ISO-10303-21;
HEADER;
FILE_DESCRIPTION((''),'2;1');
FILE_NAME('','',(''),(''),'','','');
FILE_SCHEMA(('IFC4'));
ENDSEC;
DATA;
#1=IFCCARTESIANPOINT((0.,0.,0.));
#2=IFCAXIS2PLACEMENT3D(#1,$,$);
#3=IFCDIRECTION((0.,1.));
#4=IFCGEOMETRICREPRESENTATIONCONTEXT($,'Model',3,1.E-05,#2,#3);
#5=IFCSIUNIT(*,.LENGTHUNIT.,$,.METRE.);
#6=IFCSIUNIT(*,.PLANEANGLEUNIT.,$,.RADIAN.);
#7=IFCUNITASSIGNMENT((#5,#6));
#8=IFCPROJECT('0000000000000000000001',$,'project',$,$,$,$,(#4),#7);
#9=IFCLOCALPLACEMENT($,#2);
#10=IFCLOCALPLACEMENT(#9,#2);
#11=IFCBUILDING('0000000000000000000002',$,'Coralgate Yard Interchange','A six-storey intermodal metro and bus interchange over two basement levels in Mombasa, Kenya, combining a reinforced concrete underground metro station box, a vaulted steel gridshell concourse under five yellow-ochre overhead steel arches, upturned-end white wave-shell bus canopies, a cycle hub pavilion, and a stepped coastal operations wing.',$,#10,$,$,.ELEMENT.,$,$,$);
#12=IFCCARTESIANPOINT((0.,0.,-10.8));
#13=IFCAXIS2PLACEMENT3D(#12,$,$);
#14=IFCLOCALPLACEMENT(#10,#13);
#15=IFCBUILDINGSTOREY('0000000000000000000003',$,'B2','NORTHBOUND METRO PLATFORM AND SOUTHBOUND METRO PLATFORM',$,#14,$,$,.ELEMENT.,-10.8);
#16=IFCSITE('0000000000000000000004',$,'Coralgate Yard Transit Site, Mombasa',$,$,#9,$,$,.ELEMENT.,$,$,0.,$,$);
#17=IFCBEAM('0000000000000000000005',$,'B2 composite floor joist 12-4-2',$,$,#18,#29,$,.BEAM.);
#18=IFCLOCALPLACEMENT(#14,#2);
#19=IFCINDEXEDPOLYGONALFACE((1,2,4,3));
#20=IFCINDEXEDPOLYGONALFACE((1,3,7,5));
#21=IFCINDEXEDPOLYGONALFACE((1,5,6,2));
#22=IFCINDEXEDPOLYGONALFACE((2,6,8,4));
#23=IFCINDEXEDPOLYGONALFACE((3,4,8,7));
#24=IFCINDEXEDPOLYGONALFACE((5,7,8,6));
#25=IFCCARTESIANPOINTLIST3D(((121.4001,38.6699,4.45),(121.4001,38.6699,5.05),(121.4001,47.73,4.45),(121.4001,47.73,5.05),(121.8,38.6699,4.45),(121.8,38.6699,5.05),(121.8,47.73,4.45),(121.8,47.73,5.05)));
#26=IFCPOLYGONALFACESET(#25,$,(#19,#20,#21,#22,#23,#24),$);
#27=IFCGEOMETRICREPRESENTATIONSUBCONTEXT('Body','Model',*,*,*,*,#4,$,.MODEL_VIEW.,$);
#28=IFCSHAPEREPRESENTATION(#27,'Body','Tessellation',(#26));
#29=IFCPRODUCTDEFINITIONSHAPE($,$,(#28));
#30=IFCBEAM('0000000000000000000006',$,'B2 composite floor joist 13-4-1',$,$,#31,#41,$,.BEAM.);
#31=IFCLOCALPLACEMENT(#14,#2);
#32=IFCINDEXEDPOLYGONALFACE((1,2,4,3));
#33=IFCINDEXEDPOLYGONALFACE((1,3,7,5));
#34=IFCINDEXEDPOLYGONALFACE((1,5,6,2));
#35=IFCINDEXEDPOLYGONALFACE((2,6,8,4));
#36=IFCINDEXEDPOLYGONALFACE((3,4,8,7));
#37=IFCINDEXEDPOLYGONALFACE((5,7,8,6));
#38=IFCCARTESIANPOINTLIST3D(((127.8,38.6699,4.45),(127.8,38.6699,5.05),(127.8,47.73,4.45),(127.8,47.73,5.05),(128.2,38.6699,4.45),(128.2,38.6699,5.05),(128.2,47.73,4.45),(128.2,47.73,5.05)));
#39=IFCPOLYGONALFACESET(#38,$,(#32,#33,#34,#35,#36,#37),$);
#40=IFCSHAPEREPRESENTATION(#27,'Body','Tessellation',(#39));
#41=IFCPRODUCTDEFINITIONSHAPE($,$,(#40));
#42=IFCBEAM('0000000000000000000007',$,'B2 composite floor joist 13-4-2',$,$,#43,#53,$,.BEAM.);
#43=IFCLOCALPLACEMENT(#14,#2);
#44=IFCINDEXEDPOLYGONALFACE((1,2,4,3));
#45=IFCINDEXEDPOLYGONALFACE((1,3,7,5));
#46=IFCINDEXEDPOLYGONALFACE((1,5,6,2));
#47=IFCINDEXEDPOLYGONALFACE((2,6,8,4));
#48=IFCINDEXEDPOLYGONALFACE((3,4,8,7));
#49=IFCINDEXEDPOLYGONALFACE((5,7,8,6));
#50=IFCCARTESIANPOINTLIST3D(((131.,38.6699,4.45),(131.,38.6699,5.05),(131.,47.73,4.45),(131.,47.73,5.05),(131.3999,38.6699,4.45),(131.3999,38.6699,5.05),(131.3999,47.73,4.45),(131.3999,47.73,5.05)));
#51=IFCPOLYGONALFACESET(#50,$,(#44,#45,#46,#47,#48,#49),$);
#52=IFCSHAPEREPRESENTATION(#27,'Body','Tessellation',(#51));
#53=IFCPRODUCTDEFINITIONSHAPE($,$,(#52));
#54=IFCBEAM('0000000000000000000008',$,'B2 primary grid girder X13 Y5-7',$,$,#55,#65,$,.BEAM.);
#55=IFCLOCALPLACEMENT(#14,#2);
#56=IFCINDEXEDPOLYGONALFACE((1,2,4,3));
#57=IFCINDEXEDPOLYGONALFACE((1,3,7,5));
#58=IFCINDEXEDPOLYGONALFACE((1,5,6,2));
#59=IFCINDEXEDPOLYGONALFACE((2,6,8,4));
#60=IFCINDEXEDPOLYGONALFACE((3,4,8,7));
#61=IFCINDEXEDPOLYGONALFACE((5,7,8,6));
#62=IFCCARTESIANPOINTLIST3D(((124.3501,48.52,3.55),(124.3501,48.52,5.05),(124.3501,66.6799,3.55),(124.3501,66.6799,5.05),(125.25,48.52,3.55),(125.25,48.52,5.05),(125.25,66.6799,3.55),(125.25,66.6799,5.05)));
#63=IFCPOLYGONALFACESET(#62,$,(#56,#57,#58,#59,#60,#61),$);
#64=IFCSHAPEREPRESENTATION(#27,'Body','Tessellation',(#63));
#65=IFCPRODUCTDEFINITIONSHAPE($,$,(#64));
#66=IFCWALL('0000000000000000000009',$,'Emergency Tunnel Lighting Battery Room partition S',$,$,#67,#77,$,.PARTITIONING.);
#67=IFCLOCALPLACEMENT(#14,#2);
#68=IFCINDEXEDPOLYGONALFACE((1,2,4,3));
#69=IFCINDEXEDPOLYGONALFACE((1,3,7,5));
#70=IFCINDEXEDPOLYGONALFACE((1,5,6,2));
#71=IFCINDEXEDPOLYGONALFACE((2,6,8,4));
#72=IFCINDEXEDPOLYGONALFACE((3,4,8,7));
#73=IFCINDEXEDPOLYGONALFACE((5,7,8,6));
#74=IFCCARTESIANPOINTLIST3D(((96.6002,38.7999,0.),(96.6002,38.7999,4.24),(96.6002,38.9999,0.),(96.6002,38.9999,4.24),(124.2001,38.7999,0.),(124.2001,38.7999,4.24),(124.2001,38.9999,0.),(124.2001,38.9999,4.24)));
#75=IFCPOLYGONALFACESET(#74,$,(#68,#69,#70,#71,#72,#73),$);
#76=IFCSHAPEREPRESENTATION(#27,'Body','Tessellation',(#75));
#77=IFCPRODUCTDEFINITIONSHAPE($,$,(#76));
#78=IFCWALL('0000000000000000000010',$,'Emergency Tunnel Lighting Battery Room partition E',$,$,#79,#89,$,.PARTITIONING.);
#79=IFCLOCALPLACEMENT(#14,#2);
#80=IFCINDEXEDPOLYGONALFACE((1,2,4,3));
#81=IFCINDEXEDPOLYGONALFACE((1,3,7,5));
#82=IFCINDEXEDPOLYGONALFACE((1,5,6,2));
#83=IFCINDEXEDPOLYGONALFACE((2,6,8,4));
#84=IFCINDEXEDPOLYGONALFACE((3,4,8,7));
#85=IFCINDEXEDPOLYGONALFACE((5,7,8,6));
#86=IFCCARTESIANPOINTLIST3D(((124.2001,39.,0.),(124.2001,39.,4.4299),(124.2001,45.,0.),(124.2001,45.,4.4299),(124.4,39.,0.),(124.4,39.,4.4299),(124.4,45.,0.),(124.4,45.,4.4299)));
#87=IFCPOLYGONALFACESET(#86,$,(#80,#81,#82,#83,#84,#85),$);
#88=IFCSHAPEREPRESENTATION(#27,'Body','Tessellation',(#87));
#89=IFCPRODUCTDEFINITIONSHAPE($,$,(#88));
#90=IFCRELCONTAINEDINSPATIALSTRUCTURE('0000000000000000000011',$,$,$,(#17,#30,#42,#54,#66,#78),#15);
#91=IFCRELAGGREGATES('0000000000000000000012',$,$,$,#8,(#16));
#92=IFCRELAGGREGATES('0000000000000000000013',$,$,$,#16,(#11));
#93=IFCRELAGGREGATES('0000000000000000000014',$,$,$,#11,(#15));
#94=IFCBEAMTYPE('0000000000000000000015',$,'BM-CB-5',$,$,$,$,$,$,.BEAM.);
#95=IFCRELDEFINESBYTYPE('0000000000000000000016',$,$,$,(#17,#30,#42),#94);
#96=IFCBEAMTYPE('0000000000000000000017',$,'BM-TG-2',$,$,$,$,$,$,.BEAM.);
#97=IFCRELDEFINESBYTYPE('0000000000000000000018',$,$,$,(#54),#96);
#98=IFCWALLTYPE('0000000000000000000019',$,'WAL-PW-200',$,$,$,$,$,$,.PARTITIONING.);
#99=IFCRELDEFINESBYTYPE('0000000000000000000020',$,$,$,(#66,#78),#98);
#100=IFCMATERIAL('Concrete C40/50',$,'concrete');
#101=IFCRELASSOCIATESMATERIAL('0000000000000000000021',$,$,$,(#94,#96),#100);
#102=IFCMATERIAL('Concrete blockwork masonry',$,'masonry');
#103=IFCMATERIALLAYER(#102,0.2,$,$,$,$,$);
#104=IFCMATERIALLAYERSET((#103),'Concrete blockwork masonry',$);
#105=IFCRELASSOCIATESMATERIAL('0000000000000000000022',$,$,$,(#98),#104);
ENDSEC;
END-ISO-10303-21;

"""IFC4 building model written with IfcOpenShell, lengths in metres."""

from ifc_helpers import new_model, si_unit, direction, frame, frame_2d, origin, origin_2d, place, context, subcontext, project, spatial, rectangle, extrude, material, layer, layer_set, material_profile, profile_set, type_object, element, save


model = new_model("IFC4")

# Units and contexts
model_context = context("Model", 3, precision=1e-05, world=origin(), true_north=direction((0.0, 1.0)))
body_context = subcontext(model_context, "Body", "Model", "MODEL_VIEW")
ifc_project = project(units=[si_unit("LENGTHUNIT", "METRE"), si_unit("PLANEANGLEUNIT", "RADIAN")], contexts=[model_context])

# Site, building, storey
site_placement = place(None, origin())
site = spatial("IfcSite", under=ifc_project, at=site_placement, Name="Coralgate Yard Transit Site, Mombasa", CompositionType="ELEMENT", RefElevation=0.0)
building_placement = place(site_placement, origin())
building = spatial("IfcBuilding", under=site, at=building_placement, Name="Coralgate Yard Interchange", Description="A six-storey intermodal metro and bus interchange over two basement levels in Mombasa, Kenya, combining a reinforced concrete underground metro station box, a vaulted steel gridshell concourse under five yellow-ochre overhead steel arches, upturned-end white wave-shell bus canopies, a cycle hub pavilion, and a stepped coastal operations wing.", CompositionType="ELEMENT")
storey_placement = place(building_placement, frame((0.0, 0.0, -10.8)))
storey = spatial("IfcBuildingStorey", under=building, at=storey_placement, Name="B2", Description="NORTHBOUND METRO PLATFORM AND SOUTHBOUND METRO PLATFORM", CompositionType="ELEMENT", Elevation=-10.8)

# Shared definitions
ifc_material_1 = material(Name="Concrete C40/50", Category="concrete")

# Beams
ifc_material_profile_1 = material_profile(ifc_material_1, rectangle(XDim=0.3999, YDim=0.6001, at=origin_2d()), Name="RC 400x600")
ifc_profile_set_1 = profile_set([ifc_material_profile_1], Name="Concrete C40/50")
beam_type_1 = type_object("IfcBeamType", Name="BM-CB-5", PredefinedType="BEAM", material=ifc_profile_set_1)
for number, where, z_axis, x_axis, name in (
    (1, (121.6001, 38.6699, 4.75), (0.0, 1.0, 0.0), (-1.0, 0.0, 0.0), "B2 composite floor joist 12-4-2"),
    (2, (128.0, 38.6699, 4.75), (0.0, 1.0, 0.0), (-1.0, 0.0, 0.0), "B2 composite floor joist 13-4-1"),
    (3, (131.2, 38.6699, 4.75), (0.0, 1.0, 0.0), (-1.0, 0.0, 0.0), "B2 composite floor joist 13-4-2"),
):
    element("IfcBeam", number, at=place(storey_placement, frame(where, z_axis=z_axis, x_axis=x_axis)), inside=storey, type_object=beam_type_1, Name=name, PredefinedType="BEAM", context=body_context, shape_type="SweptSolid", body=[
        extrude(rectangle(XDim=0.3999, YDim=0.6001, at=origin_2d()), origin(), (0.0, 0.0, 1.0), 9.0601),
    ])
ifc_material_profile_2 = material_profile(ifc_material_1, rectangle(XDim=0.8999, YDim=1.5, at=origin_2d()), Name="RC 900x1500")
ifc_profile_set_2 = profile_set([ifc_material_profile_2], Name="Concrete C40/50")
beam_type_2 = type_object("IfcBeamType", Name="BM-TG-2", PredefinedType="BEAM", material=ifc_profile_set_2)
beam_1_placement = place(storey_placement, frame((124.8, 48.52, 4.3), z_axis=(0.0, 1.0, 0.0), x_axis=(-1.0, 0.0, 0.0)))
element("IfcBeam", 4, at=beam_1_placement, inside=storey, type_object=beam_type_2, Name="B2 primary grid girder X13 Y5-7", PredefinedType="BEAM", context=body_context, shape_type="SweptSolid", body=[
    extrude(rectangle(XDim=0.8999, YDim=1.5, at=origin_2d()), origin(), (0.0, 0.0, 1.0), 18.1599),
])

# Walls
ifc_material_2 = material(Name="Concrete blockwork masonry", Category="masonry")
ifc_layer = layer(ifc_material_2, 0.2)
ifc_layer_set = layer_set([ifc_layer], Name="Concrete blockwork masonry")
wall_type = type_object("IfcWallType", Name="WAL-PW-200", PredefinedType="PARTITIONING", material=ifc_layer_set)
wall_1_placement = place(storey_placement, frame((124.2, 38.8999, 0.0), z_axis=(0.0, 0.0, 1.0), x_axis=(-1.0, 0.0, 0.0)))
element("IfcWall", 5, at=wall_1_placement, inside=storey, type_object=wall_type, Name="Emergency Tunnel Lighting Battery Room partition S", PredefinedType="PARTITIONING", context=body_context, shape_type="SweptSolid", body=[
    extrude(rectangle(XDim=27.5999, YDim=0.2, at=frame_2d((13.7998, 0.0))), origin(), (0.0, 0.0, 1.0), 4.24),
])
wall_2_placement = place(storey_placement, frame((124.3, 45.0, 0.0), z_axis=(0.0, 0.0, 1.0), x_axis=(0.0, -1.0, 0.0)))
element("IfcWall", 6, at=wall_2_placement, inside=storey, type_object=wall_type, Name="Emergency Tunnel Lighting Battery Room partition E", PredefinedType="PARTITIONING", context=body_context, shape_type="SweptSolid", body=[
    extrude(rectangle(XDim=6.0, YDim=0.2, at=frame_2d((3.0, 0.0))), origin(), (0.0, 0.0, 1.0), 4.4299),
])

save(model, "model.ifc")
